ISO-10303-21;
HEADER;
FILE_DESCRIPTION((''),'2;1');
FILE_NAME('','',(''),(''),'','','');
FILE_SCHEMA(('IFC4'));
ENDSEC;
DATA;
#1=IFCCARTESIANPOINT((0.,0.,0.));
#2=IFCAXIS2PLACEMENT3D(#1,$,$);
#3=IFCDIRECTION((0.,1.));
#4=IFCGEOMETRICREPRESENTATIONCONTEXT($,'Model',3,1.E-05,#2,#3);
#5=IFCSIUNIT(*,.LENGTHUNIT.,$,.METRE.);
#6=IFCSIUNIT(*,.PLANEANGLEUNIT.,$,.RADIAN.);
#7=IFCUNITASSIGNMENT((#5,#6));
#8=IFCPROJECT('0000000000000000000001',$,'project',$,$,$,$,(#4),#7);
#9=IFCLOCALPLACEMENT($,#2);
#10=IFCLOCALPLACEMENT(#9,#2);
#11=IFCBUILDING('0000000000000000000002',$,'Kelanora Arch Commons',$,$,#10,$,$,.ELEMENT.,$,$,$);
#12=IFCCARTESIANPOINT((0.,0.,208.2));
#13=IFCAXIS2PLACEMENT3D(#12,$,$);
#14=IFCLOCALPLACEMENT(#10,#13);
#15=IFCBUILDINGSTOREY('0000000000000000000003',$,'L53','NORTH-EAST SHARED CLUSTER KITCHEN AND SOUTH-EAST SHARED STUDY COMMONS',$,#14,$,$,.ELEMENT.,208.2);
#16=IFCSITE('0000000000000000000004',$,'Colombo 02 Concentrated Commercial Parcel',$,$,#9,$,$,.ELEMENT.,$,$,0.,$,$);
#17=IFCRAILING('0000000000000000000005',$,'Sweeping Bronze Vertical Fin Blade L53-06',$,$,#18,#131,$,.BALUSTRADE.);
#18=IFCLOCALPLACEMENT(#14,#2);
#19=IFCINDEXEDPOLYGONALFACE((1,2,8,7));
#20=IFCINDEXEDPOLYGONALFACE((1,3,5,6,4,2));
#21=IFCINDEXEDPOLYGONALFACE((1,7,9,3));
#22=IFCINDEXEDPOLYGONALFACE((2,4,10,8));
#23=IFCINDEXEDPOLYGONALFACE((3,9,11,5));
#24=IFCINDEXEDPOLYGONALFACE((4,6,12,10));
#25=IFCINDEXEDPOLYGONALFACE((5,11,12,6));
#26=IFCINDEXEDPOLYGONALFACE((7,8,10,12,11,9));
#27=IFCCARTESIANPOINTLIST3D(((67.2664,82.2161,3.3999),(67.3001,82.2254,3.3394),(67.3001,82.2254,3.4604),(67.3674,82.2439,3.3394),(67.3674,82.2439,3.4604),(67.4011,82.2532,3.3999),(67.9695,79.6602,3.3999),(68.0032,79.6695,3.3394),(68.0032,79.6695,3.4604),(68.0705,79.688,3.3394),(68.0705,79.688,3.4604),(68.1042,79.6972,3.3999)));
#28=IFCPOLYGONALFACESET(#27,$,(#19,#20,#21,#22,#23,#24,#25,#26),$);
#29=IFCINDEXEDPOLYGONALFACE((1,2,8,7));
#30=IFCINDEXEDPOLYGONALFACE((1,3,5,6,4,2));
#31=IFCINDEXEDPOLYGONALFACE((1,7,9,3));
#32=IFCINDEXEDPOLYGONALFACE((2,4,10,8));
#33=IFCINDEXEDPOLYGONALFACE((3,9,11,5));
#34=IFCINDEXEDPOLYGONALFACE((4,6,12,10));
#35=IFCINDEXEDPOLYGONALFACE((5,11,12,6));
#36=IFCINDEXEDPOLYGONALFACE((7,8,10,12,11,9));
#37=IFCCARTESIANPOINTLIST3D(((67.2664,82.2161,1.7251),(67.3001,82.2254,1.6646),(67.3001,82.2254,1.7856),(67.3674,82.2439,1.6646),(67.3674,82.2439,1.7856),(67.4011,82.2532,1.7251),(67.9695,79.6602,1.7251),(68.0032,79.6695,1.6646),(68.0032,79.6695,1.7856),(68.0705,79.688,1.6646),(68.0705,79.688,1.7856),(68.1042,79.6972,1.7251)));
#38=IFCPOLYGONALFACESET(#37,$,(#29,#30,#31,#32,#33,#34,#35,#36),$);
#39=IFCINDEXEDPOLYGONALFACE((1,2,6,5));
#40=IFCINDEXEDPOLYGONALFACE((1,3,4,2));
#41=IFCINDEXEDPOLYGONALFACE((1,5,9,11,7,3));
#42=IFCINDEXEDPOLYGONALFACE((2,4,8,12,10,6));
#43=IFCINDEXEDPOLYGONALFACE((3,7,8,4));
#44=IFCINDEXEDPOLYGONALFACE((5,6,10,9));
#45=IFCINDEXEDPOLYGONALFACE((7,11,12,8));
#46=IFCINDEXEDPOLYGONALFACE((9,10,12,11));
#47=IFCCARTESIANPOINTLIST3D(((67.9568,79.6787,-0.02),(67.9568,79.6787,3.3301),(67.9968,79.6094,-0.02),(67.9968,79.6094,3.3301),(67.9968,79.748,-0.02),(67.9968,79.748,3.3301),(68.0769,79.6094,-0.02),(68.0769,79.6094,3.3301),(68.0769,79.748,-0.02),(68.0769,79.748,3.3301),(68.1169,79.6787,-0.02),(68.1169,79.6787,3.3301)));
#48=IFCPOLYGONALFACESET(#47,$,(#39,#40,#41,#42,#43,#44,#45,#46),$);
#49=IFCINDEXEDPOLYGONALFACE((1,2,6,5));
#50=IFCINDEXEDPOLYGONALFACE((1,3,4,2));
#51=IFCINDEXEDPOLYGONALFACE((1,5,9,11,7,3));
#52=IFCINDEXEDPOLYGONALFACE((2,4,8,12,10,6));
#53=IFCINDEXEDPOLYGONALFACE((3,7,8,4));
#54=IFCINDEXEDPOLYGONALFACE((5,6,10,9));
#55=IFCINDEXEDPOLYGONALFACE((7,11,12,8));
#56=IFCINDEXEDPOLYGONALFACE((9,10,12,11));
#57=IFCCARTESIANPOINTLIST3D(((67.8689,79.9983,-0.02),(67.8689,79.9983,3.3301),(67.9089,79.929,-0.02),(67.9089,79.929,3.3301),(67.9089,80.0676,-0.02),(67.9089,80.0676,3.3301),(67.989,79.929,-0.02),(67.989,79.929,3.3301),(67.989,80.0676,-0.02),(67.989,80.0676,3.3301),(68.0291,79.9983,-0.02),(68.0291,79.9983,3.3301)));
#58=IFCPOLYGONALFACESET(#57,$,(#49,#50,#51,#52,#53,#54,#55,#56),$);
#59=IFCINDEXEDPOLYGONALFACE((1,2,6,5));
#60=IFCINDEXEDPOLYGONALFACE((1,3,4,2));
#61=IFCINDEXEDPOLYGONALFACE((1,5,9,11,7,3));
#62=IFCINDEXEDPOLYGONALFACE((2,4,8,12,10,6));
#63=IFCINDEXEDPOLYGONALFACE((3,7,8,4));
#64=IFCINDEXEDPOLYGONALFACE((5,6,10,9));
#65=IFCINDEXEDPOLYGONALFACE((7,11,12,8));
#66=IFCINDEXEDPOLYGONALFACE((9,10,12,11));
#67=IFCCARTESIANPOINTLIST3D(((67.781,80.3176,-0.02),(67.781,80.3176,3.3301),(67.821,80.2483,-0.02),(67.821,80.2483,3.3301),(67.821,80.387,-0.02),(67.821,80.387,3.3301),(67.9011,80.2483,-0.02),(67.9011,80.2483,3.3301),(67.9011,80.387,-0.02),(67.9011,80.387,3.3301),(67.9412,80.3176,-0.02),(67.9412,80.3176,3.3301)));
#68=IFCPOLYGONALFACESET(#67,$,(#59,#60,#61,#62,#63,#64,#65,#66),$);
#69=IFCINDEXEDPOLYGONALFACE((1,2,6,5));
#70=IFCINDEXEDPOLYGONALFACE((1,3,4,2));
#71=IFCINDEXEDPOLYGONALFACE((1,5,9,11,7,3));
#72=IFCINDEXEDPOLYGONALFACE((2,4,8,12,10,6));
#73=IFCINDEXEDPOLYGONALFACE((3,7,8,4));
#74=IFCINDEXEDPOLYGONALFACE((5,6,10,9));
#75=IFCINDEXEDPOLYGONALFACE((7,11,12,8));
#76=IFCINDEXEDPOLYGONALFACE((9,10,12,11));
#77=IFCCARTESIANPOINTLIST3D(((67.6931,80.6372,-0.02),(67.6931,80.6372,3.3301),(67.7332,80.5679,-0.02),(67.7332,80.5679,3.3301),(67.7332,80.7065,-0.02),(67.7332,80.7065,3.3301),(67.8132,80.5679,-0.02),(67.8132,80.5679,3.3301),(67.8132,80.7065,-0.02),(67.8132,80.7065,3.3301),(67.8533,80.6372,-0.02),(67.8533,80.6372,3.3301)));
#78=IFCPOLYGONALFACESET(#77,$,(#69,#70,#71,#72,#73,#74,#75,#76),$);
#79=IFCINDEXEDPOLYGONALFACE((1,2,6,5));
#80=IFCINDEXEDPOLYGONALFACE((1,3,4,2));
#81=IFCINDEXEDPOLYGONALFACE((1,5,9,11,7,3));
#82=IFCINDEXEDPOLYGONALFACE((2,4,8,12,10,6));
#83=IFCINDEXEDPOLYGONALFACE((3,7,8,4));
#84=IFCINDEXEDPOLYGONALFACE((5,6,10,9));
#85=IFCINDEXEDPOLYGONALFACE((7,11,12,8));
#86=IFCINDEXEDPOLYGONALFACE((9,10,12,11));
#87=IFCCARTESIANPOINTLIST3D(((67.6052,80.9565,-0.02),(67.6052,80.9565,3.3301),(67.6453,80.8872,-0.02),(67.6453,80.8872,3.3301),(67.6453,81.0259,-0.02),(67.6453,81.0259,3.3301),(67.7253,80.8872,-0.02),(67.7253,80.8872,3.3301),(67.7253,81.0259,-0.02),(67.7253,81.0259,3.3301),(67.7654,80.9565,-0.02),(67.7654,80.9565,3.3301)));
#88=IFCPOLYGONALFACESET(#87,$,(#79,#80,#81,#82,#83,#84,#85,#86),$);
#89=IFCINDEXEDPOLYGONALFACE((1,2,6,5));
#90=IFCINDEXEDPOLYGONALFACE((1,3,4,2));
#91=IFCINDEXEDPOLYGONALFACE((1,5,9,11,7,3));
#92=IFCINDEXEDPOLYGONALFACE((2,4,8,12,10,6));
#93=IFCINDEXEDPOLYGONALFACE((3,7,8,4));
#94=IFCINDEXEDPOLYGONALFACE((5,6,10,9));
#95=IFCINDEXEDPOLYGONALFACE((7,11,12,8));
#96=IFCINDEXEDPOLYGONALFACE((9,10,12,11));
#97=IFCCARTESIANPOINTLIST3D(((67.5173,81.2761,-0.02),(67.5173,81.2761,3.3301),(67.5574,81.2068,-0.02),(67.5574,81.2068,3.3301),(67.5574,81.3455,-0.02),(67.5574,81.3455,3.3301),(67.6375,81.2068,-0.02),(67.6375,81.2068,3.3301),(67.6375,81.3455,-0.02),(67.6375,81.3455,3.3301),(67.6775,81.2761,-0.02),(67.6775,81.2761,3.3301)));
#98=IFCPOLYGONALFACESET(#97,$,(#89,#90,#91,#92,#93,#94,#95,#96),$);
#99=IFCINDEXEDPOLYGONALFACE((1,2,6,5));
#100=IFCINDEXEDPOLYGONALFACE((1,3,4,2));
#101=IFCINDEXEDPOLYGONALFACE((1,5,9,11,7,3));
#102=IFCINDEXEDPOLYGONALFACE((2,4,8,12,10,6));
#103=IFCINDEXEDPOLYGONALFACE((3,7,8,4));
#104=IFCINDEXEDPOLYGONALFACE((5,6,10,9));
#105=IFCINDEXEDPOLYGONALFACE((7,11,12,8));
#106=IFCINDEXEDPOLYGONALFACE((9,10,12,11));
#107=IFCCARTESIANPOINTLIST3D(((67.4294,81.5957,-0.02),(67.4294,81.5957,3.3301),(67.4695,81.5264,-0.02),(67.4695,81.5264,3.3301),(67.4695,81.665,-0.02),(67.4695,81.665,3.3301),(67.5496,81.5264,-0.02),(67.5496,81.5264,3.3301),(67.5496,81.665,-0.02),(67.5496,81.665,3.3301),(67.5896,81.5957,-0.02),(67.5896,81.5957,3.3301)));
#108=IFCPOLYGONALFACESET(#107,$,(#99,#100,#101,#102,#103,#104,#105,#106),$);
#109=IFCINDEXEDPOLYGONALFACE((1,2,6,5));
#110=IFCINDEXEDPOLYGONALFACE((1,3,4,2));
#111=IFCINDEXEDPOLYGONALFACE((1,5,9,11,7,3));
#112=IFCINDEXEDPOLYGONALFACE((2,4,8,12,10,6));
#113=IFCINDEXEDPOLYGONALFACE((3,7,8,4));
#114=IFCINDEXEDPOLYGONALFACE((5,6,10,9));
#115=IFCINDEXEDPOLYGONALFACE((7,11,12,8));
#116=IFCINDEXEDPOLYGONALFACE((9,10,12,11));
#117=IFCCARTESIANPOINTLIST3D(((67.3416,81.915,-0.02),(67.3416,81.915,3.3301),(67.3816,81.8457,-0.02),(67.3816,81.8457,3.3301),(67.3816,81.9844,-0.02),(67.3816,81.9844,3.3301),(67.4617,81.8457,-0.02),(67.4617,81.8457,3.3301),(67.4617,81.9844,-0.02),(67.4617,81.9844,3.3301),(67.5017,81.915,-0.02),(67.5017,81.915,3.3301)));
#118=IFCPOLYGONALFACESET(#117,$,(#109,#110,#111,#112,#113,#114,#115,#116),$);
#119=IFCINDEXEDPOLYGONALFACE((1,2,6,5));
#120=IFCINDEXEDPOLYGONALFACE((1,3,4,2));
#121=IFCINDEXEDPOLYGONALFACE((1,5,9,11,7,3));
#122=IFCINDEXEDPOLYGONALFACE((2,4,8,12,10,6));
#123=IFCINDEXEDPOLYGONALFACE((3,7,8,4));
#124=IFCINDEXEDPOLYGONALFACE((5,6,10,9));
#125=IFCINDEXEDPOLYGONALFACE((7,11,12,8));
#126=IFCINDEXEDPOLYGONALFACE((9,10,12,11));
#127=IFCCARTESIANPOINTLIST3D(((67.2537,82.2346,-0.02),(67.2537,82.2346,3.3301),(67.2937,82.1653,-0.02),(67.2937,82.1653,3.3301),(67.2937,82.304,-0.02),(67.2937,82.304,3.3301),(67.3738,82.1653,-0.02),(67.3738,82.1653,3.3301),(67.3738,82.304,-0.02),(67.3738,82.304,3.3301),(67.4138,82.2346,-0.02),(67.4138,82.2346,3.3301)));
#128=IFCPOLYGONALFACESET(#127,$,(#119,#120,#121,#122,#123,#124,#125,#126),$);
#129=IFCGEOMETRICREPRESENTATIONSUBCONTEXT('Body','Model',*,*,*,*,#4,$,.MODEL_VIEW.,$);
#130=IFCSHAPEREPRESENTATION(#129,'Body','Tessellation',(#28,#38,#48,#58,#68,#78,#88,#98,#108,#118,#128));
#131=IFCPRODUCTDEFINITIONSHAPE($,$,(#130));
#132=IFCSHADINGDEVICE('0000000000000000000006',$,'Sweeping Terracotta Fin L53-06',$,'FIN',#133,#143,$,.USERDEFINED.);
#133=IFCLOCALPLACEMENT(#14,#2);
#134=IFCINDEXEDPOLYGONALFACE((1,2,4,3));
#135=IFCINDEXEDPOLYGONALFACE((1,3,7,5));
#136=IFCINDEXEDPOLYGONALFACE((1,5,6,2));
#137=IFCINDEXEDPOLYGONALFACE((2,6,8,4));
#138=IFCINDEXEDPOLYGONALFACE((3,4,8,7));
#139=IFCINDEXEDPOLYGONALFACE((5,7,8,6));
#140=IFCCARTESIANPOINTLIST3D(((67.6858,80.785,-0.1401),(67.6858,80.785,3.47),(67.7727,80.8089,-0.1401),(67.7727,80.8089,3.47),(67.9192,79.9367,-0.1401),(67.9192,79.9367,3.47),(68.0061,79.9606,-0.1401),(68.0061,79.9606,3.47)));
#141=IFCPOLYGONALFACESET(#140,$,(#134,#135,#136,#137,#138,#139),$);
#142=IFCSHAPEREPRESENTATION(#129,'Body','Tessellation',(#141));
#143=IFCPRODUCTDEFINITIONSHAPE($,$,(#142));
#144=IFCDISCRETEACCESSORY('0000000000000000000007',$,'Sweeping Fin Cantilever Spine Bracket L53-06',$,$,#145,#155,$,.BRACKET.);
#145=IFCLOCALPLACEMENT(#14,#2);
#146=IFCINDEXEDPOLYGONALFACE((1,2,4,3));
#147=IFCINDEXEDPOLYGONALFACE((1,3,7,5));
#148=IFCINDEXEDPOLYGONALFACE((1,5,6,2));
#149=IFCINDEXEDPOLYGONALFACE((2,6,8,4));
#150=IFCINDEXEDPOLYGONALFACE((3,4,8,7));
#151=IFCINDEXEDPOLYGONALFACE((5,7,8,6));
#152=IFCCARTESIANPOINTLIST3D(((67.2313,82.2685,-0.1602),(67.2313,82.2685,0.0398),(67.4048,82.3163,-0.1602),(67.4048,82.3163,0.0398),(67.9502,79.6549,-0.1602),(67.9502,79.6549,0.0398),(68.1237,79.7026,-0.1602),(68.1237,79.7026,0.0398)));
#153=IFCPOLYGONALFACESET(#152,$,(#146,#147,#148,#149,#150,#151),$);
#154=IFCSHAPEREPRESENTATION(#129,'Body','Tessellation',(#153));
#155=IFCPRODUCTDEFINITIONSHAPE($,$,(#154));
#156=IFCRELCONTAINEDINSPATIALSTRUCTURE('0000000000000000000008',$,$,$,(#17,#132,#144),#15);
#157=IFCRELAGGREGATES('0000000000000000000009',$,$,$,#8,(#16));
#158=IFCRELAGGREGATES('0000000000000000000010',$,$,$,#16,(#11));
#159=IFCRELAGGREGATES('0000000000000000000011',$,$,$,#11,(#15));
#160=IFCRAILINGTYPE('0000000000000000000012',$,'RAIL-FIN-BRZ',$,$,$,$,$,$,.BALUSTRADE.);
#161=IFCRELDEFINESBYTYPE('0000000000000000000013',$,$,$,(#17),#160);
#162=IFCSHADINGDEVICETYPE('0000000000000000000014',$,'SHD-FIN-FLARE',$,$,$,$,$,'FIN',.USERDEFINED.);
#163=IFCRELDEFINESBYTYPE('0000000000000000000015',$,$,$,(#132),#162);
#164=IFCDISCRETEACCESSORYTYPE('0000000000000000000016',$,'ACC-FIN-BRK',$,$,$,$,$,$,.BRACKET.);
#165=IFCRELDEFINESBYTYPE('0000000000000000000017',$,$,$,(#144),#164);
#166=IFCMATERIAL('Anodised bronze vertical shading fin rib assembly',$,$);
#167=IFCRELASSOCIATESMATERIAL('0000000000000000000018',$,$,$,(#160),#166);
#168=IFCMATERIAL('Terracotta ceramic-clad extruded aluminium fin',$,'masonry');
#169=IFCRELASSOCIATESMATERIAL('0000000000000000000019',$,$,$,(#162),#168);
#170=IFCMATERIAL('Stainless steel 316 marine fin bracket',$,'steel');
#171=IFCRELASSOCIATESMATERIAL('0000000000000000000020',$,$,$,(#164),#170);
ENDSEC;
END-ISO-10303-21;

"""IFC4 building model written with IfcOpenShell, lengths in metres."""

from ifc_helpers import new_model, si_unit, direction, frame, origin, origin_2d, place, context, subcontext, project, spatial, polyline, rectangle, outline, extrude, source, transform, mapped, material, type_object, element, save


model = new_model("IFC4")

# Units and contexts
model_context = context("Model", 3, precision=1e-05, world=origin(), true_north=direction((0.0, 1.0)))
body_context = subcontext(model_context, "Body", "Model", "MODEL_VIEW")
ifc_project = project(units=[si_unit("LENGTHUNIT", "METRE"), si_unit("PLANEANGLEUNIT", "RADIAN")], contexts=[model_context])

# Site, building, storey
site_placement = place(None, origin())
site = spatial("IfcSite", under=ifc_project, at=site_placement, Name="Colombo 02 Concentrated Commercial Parcel", CompositionType="ELEMENT", RefElevation=0.0)
building_placement = place(site_placement, origin())
building = spatial("IfcBuilding", under=site, at=building_placement, Name="Kelanora Arch Commons", CompositionType="ELEMENT")
storey_placement = place(building_placement, frame((0.0, 0.0, 208.2)))
storey = spatial("IfcBuildingStorey", under=building, at=storey_placement, Name="L53", Description="NORTH-EAST SHARED CLUSTER KITCHEN AND SOUTH-EAST SHARED STUDY COMMONS", CompositionType="ELEMENT", Elevation=208.2)

# Railing
ifc_material_1 = material(Name="Anodised bronze vertical shading fin rib assembly")
railing_type = type_object("IfcRailingType", Name="RAIL-FIN-BRZ", PredefinedType="BALUSTRADE", material=ifc_material_1)
railing_placement = place(storey_placement, frame((68.0369, 79.6787, -0.02)))
element("IfcRailing", 1, at=railing_placement, inside=storey, type_object=railing_type, Name="Sweeping Bronze Vertical Fin Blade L53-06", PredefinedType="BALUSTRADE", context=body_context, shape_type="SweptSolid", body=[
    extrude(outline(polyline([(0.0698, 0.0), (0.0349, 0.0605), (-0.0349, 0.0605), (-0.0698, 0.0), (-0.0349, -0.0605), (0.0349, -0.0605), (0.0698, 0.0)])), frame((0.0, 0.0, 3.4199), z_axis=(-0.265244, 0.964181, 0.0), x_axis=(-0.964181, -0.265244, 0.0)), (0.0, 0.0, 1.0), 2.6509),
    extrude(outline(polyline([(0.0698, 0.0), (0.0349, 0.0605), (-0.0349, 0.0605), (-0.0698, 0.0), (-0.0349, -0.0605), (0.0349, -0.0605), (0.0698, 0.0)])), frame((0.0, 0.0, 1.7451), z_axis=(-0.265244, 0.964181, 0.0), x_axis=(-0.964181, -0.265244, 0.0)), (0.0, 0.0, 1.0), 2.6509),
    extrude(outline(polyline([(0.0801, 0.0), (0.04, 0.0693), (-0.04, 0.0693), (-0.0801, 0.0), (-0.04, -0.0693), (0.04, -0.0693), (0.0801, 0.0)])), origin(), (0.0, 0.0, 1.0), 3.3501),
    extrude(outline(polyline([(0.0801, 0.0), (0.04, 0.0693), (-0.04, 0.0693), (-0.0801, 0.0), (-0.04, -0.0693), (0.04, -0.0693), (0.0801, 0.0)])), frame((-0.0879, 0.3196, 0.0)), (0.0, 0.0, 1.0), 3.3501),
    extrude(outline(polyline([(0.0801, 0.0), (0.04, 0.0693), (-0.04, 0.0693), (-0.0801, 0.0), (-0.04, -0.0693), (0.04, -0.0693), (0.0801, 0.0)])), frame((-0.1758, 0.6389, 0.0)), (0.0, 0.0, 1.0), 3.3501),
    extrude(outline(polyline([(0.0801, 0.0), (0.04, 0.0693), (-0.04, 0.0693), (-0.0801, 0.0), (-0.04, -0.0693), (0.04, -0.0693), (0.0801, 0.0)])), frame((-0.2637, 0.9585, 0.0)), (0.0, 0.0, 1.0), 3.3501),
    extrude(outline(polyline([(0.0801, 0.0), (0.04, 0.0693), (-0.04, 0.0693), (-0.0801, 0.0), (-0.04, -0.0693), (0.04, -0.0693), (0.0801, 0.0)])), frame((-0.3516, 1.2778, 0.0)), (0.0, 0.0, 1.0), 3.3501),
    extrude(outline(polyline([(0.0801, 0.0), (0.04, 0.0693), (-0.04, 0.0693), (-0.0801, 0.0), (-0.04, -0.0693), (0.04, -0.0693), (0.0801, 0.0)])), frame((-0.4395, 1.5974, 0.0)), (0.0, 0.0, 1.0), 3.3501),
    extrude(outline(polyline([(0.0801, 0.0), (0.04, 0.0693), (-0.04, 0.0693), (-0.0801, 0.0), (-0.04, -0.0693), (0.04, -0.0693), (0.0801, 0.0)])), frame((-0.5273, 1.917, 0.0)), (0.0, 0.0, 1.0), 3.3501),
    extrude(outline(polyline([(0.0801, 0.0), (0.04, 0.0693), (-0.04, 0.0693), (-0.0801, 0.0), (-0.04, -0.0693), (0.04, -0.0693), (0.0801, 0.0)])), frame((-0.6152, 2.2363, 0.0)), (0.0, 0.0, 1.0), 3.3501),
    extrude(outline(polyline([(0.0801, 0.0), (0.04, 0.0693), (-0.04, 0.0693), (-0.0801, 0.0), (-0.04, -0.0693), (0.04, -0.0693), (0.0801, 0.0)])), frame((-0.7031, 2.5559, 0.0)), (0.0, 0.0, 1.0), 3.3501),
])

# Shading device
ifc_material_2 = material(Name="Terracotta ceramic-clad extruded aluminium fin", Category="masonry")
shading_device_type = type_object("IfcShadingDeviceType", Name="SHD-FIN-FLARE", ElementType="FIN", PredefinedType="USERDEFINED", material=ifc_material_2)
shared_shape_1 = source(origin(), body_context, "Body", "SweptSolid", [
    extrude(rectangle(XDim=0.8799, YDim=0.0901, at=origin_2d()), origin(), (0.0, 0.0, 1.0), 3.6101),
])
shading_device_placement = place(storey_placement, frame((67.8459, 80.3728, -0.1401), z_axis=(0.0, 0.0, 1.0), x_axis=(-0.26522, 0.964188, 0.0)))
element("IfcShadingDevice", 2, at=shading_device_placement, inside=storey, type_object=shading_device_type, Name="Sweeping Terracotta Fin L53-06", ObjectType="FIN", PredefinedType="USERDEFINED", context=body_context, shape_type="MappedRepresentation", body=[
    mapped(shared_shape_1, transform((0.0, 0.0, 0.0), scale=1.0)),
])

# Discrete accessory
ifc_material_3 = material(Name="Stainless steel 316 marine fin bracket", Category="steel")
discrete_accessory_type = type_object("IfcDiscreteAccessoryType", Name="ACC-FIN-BRK", PredefinedType="BRACKET", material=ifc_material_3)
shared_shape_2 = source(origin(), body_context, "Body", "SweptSolid", [
    extrude(rectangle(XDim=2.7107, YDim=0.1799, at=origin_2d()), origin(), (0.0, 0.0, 1.0), 0.2),
])
discrete_accessory_placement = place(storey_placement, frame((67.6775, 80.9856, -0.1602), z_axis=(0.0, 0.0, 1.0), x_axis=(-0.26522, 0.964188, 0.0)))
element("IfcDiscreteAccessory", 3, at=discrete_accessory_placement, inside=storey, type_object=discrete_accessory_type, Name="Sweeping Fin Cantilever Spine Bracket L53-06", PredefinedType="BRACKET", context=body_context, shape_type="MappedRepresentation", body=[
    mapped(shared_shape_2, transform((0.0, 0.0, 0.0), scale=1.0)),
])

save(model, "model.ifc")
